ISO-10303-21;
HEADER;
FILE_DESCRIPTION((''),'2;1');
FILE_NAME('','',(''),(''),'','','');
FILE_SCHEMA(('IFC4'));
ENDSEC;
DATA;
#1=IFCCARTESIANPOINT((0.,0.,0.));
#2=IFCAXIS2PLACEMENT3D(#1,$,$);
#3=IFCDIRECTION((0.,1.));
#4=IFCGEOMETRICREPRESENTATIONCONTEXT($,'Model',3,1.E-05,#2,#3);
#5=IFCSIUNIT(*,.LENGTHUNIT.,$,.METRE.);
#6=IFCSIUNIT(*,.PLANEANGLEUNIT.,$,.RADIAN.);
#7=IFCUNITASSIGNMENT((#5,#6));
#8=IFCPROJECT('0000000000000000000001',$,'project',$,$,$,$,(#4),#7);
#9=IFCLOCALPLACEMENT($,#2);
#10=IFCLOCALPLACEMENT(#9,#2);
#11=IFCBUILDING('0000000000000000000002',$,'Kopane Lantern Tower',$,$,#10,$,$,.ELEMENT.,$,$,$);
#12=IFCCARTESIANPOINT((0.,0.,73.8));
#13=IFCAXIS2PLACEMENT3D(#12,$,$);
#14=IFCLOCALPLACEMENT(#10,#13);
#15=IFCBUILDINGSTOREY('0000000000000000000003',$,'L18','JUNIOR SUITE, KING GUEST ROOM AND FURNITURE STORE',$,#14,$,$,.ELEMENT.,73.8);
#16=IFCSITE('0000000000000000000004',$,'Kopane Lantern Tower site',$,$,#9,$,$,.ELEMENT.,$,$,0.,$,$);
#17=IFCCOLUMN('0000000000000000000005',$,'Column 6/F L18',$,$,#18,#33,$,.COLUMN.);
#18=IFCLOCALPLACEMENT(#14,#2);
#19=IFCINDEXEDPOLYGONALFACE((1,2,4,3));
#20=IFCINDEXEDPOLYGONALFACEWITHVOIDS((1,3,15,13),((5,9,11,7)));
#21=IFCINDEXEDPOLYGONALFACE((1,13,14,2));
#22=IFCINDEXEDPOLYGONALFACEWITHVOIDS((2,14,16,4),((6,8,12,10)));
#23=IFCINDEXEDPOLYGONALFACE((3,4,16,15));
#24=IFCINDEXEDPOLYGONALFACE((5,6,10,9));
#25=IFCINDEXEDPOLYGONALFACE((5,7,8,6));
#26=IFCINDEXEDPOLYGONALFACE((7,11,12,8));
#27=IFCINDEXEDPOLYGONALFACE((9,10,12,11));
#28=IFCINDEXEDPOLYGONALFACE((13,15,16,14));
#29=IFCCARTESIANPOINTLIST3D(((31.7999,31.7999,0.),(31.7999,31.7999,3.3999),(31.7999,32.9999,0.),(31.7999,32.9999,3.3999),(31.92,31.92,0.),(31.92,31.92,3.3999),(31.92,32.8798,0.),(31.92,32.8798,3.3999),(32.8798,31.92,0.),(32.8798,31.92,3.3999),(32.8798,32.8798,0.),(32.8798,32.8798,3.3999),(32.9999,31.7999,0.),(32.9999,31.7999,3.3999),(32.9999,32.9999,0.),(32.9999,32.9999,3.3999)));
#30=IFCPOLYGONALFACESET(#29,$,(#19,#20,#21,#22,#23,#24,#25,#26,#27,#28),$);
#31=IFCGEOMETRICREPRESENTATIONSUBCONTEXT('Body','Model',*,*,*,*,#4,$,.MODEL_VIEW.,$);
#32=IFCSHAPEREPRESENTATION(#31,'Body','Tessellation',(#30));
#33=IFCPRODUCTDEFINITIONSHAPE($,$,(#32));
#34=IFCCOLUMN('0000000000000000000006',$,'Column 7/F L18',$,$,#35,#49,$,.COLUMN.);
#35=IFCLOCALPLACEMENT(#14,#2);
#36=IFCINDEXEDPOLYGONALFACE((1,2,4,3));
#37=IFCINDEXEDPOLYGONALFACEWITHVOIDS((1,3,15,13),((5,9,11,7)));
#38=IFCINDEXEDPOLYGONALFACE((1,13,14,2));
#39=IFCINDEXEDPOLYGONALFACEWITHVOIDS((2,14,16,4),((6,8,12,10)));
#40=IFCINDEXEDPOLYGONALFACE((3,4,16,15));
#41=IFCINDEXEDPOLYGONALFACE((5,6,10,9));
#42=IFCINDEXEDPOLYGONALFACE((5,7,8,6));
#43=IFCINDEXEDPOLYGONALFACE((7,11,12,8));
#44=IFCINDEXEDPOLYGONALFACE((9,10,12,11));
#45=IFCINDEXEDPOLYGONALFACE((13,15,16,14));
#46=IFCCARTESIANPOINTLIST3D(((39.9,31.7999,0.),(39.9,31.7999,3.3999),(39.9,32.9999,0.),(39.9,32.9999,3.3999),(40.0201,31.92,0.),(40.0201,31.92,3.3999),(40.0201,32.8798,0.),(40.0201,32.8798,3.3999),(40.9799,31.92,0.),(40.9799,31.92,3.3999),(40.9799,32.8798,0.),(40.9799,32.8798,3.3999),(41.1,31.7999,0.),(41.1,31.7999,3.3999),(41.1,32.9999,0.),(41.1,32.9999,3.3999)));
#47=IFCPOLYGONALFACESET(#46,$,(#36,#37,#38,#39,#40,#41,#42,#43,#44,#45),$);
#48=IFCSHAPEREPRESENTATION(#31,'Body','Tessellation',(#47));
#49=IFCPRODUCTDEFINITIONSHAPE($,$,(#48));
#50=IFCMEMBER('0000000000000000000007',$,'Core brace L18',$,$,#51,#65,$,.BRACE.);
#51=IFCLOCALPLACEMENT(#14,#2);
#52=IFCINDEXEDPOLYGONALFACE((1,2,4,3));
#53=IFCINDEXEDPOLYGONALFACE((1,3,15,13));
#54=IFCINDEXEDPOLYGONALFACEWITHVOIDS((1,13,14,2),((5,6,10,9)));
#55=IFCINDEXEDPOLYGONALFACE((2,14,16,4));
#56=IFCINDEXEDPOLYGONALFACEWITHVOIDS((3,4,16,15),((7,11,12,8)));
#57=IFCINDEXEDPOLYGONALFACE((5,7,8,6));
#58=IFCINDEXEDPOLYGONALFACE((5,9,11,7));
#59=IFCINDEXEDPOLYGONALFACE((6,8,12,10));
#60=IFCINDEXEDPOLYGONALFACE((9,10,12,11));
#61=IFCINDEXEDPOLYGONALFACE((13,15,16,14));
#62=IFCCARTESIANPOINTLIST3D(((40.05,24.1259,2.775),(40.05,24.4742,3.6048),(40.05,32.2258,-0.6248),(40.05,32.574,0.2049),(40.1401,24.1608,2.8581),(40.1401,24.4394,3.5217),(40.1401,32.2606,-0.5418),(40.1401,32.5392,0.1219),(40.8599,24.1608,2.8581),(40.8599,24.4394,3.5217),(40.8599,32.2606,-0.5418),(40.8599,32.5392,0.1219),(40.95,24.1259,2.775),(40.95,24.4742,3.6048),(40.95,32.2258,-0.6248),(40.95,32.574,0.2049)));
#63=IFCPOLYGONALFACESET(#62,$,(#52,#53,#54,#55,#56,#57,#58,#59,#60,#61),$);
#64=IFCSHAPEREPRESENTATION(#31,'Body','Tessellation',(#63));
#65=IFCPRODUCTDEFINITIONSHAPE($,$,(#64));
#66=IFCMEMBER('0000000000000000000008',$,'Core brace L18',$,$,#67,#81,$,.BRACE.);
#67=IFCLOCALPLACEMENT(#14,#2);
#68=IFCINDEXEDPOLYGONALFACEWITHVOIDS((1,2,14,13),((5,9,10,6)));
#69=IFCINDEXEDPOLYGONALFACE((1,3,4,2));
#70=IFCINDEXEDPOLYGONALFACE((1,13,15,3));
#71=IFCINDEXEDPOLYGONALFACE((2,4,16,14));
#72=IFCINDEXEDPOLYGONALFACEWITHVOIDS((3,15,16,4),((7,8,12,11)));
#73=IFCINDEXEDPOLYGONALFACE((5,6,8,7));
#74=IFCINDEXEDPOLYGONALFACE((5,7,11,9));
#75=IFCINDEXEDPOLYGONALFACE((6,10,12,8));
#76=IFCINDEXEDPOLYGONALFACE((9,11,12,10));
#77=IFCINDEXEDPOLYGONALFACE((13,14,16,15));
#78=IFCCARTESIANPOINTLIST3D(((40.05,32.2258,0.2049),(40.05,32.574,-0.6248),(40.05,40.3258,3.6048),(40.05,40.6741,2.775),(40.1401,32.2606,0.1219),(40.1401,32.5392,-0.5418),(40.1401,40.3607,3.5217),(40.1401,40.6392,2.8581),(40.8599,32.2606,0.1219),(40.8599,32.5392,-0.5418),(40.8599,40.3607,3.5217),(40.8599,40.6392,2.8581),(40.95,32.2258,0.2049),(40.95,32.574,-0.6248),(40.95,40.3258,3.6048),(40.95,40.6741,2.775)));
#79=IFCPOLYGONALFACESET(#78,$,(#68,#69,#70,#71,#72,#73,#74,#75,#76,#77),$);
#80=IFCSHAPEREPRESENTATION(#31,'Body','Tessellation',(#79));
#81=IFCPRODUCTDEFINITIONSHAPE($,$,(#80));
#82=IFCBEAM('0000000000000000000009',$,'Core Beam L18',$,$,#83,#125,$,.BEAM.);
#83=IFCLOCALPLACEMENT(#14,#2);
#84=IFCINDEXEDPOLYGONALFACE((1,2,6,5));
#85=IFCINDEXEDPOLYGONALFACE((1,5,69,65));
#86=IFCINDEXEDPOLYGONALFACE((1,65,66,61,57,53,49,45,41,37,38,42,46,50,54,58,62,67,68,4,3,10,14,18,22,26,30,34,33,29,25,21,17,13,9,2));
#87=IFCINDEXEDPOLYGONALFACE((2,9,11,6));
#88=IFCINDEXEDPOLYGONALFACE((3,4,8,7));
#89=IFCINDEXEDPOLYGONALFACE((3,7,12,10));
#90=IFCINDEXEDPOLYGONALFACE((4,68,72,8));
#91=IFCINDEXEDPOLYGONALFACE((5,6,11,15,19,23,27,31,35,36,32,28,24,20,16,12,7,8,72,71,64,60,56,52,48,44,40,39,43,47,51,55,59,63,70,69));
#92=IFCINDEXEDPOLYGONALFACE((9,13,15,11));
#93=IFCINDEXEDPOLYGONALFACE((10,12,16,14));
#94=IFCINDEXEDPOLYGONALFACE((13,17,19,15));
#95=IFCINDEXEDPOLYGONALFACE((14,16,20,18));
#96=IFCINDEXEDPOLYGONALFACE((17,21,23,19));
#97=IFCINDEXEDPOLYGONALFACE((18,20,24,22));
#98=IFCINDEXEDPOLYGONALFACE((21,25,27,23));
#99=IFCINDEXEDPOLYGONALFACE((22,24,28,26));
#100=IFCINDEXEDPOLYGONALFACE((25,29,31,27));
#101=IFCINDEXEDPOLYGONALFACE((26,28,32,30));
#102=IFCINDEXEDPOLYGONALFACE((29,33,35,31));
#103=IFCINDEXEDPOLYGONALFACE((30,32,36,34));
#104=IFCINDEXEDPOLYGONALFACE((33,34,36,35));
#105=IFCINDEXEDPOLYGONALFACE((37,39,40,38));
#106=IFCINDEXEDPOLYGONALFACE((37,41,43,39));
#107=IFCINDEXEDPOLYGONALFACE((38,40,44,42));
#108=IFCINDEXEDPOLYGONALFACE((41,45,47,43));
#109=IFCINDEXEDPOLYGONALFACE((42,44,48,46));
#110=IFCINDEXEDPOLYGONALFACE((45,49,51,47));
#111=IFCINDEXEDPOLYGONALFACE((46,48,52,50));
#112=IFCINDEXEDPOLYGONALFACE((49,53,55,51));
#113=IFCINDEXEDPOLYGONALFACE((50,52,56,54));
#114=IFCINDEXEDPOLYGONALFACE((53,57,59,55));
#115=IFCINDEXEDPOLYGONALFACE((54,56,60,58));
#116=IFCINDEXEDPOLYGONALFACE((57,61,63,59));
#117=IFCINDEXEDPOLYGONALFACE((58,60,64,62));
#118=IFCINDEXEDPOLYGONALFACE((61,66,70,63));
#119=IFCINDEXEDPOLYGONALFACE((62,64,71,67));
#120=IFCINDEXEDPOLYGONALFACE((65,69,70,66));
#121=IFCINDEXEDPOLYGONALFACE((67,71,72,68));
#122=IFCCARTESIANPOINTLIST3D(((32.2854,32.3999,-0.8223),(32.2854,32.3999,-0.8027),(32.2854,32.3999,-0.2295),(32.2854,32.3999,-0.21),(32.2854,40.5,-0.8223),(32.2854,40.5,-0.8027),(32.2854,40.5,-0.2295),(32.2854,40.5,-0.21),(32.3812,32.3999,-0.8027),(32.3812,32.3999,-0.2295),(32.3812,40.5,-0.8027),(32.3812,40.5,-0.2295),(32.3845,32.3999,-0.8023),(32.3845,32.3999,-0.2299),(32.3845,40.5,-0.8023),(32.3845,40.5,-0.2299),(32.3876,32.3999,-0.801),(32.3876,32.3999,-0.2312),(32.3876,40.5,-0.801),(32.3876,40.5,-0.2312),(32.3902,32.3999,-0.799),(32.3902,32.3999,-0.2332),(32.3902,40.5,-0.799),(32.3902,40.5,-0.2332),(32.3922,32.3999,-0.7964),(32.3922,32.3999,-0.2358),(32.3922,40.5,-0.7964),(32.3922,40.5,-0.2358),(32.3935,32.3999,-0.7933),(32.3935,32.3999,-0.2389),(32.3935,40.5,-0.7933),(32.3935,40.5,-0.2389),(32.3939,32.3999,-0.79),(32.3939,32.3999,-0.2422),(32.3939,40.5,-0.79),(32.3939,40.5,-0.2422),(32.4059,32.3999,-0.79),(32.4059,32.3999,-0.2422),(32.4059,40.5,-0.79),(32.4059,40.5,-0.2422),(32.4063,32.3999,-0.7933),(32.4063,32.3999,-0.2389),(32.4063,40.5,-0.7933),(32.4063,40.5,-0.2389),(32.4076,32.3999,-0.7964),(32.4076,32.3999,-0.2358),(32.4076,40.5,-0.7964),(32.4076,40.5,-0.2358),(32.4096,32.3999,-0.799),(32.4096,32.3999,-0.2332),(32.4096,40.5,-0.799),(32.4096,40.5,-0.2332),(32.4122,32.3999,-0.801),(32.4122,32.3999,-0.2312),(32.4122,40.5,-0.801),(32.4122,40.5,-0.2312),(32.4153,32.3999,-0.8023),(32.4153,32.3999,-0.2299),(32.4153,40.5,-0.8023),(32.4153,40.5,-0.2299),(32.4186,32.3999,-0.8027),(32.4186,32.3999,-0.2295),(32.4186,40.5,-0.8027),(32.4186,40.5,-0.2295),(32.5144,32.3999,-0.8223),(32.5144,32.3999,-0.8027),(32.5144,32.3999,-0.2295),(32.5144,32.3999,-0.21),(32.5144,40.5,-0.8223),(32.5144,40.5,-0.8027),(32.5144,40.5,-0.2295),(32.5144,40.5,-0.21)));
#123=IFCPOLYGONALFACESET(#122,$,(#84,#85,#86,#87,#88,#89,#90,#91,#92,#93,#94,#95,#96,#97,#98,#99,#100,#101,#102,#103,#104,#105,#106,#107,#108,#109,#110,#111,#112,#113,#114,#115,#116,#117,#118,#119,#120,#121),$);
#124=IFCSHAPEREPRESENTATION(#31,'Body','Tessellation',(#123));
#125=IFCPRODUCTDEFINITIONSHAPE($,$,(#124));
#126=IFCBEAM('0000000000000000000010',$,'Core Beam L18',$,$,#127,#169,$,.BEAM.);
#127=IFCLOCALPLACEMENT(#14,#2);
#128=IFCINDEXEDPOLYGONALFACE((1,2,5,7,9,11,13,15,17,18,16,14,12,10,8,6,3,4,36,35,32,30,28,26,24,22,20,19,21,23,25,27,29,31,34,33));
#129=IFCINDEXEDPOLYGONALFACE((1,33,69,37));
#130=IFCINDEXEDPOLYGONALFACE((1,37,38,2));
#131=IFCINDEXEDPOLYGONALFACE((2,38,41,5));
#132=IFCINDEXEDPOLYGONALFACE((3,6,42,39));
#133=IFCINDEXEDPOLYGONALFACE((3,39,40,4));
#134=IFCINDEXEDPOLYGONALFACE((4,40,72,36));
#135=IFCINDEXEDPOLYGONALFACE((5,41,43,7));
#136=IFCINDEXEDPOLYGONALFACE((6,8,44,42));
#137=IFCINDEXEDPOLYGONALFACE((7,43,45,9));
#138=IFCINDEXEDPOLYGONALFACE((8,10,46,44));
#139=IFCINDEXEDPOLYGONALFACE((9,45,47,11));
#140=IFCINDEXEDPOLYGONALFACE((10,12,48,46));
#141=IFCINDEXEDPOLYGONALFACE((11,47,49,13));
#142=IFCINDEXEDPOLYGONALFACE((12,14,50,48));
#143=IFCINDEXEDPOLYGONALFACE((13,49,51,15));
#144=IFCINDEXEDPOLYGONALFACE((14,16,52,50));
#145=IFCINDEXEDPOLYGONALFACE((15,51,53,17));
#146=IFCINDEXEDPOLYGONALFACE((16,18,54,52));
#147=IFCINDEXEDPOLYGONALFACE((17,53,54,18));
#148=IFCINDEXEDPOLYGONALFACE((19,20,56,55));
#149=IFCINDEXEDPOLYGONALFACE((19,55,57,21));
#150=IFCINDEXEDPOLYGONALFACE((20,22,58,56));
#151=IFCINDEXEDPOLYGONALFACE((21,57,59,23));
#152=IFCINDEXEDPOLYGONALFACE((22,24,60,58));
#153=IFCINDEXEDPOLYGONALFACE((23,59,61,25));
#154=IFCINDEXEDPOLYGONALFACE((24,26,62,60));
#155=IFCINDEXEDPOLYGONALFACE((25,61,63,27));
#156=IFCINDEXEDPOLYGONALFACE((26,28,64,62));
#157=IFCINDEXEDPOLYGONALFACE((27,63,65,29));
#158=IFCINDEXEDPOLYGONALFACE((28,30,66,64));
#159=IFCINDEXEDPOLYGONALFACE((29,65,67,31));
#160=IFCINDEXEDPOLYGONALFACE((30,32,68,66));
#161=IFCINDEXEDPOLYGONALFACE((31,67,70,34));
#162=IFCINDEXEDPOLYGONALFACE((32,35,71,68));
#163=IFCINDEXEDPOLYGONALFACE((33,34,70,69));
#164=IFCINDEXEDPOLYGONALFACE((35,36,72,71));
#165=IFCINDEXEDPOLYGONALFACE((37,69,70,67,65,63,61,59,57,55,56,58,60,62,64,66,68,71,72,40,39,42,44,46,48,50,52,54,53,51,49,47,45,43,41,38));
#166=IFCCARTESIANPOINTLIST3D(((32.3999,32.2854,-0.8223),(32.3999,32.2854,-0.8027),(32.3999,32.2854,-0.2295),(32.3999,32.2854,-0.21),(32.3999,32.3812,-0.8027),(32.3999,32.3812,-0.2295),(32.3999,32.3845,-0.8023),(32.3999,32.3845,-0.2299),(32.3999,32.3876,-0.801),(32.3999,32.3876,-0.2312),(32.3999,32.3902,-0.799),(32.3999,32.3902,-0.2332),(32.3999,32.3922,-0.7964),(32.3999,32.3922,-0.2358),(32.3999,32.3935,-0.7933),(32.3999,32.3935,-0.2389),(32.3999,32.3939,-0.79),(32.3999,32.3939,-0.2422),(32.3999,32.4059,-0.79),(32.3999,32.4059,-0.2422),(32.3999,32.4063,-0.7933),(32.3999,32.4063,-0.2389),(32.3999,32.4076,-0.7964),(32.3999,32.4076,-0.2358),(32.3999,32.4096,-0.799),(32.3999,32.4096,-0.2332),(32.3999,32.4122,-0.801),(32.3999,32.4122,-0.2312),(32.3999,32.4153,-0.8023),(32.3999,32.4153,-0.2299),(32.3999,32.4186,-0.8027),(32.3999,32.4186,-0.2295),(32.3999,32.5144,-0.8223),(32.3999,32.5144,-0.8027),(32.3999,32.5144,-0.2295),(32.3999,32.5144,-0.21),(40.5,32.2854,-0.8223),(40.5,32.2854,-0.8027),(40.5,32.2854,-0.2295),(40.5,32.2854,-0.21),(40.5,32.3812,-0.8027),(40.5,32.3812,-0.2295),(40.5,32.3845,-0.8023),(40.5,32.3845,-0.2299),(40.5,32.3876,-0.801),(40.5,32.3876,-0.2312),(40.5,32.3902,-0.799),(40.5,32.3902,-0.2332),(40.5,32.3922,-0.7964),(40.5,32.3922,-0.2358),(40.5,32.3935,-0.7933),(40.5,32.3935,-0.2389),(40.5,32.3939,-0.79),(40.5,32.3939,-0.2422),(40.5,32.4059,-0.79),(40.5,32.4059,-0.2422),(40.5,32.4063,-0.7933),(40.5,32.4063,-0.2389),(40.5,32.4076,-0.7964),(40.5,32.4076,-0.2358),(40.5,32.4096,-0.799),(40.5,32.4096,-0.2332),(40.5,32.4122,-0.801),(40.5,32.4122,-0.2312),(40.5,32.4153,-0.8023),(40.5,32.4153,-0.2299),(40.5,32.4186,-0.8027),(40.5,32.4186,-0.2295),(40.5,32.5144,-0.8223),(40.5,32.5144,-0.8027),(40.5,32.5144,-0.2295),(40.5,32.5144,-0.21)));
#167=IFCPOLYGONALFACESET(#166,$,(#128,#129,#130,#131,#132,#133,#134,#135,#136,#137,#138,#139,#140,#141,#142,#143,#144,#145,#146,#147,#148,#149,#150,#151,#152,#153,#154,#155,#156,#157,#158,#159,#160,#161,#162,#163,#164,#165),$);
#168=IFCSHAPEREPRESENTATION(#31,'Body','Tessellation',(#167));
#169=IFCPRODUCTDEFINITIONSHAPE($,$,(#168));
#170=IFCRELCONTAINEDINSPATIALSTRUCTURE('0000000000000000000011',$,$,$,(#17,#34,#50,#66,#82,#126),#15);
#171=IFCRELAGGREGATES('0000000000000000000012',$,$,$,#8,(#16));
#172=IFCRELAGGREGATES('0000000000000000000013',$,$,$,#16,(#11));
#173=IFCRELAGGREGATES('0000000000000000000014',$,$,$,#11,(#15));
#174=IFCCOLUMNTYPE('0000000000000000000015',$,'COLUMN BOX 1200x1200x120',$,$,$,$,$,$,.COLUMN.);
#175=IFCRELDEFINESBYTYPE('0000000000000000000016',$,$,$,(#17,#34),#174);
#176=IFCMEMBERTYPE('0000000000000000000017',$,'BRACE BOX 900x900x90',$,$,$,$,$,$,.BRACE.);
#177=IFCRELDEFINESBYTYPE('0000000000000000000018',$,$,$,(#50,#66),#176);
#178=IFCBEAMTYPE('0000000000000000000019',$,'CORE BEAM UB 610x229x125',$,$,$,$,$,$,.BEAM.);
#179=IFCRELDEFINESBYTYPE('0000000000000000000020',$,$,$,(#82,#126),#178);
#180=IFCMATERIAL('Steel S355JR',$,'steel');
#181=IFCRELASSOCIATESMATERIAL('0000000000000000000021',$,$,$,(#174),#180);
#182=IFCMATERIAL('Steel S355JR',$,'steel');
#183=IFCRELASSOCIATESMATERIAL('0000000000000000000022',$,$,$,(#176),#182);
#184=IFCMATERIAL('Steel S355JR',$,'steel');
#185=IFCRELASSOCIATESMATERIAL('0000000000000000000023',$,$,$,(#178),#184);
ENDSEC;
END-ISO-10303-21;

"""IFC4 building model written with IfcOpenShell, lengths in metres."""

from ifc_helpers import new_model, si_unit, direction, frame, origin, origin_2d, place, context, subcontext, project, spatial, hollow_rectangle, i_section, extrude, material, material_profile, profile_set, type_object, element, save


model = new_model("IFC4")

# Units and contexts
model_context = context("Model", 3, precision=1e-05, world=origin(), true_north=direction((0.0, 1.0)))
body_context = subcontext(model_context, "Body", "Model", "MODEL_VIEW")
ifc_project = project(units=[si_unit("LENGTHUNIT", "METRE"), si_unit("PLANEANGLEUNIT", "RADIAN")], contexts=[model_context])

# Site, building, storey
site_placement = place(None, origin())
site = spatial("IfcSite", under=ifc_project, at=site_placement, Name="Kopane Lantern Tower site", CompositionType="ELEMENT", RefElevation=0.0)
building_placement = place(site_placement, origin())
building = spatial("IfcBuilding", under=site, at=building_placement, Name="Kopane Lantern Tower", CompositionType="ELEMENT")
storey_placement = place(building_placement, frame((0.0, 0.0, 73.8)))
storey = spatial("IfcBuildingStorey", under=building, at=storey_placement, Name="L18", Description="JUNIOR SUITE, KING GUEST ROOM AND FURNITURE STORE", CompositionType="ELEMENT", Elevation=73.8)

# Columns
ifc_material_1 = material(Name="Steel S355JR", Category="steel")
ifc_material_profile_1 = material_profile(ifc_material_1, hollow_rectangle(XDim=1.2, YDim=1.2, WallThickness=0.1201, at=origin_2d()), Name="BOX 1200x1200x120")
ifc_profile_set_1 = profile_set([ifc_material_profile_1], Name="Steel S355JR")
column_type = type_object("IfcColumnType", Name="COLUMN BOX 1200x1200x120", PredefinedType="COLUMN", material=ifc_profile_set_1)
for number, where, z_axis, x_axis, name in (
    (1, (32.3999, 32.3999, 0.0), (0.0, 0.0, 1.0), (1.0, 0.0, 0.0), "Column 6/F L18"),
    (2, (40.5, 32.3999, 0.0), (0.0, 0.0, 1.0), (1.0, 0.0, 0.0), "Column 7/F L18"),
):
    element("IfcColumn", number, at=place(storey_placement, frame(where, z_axis=z_axis, x_axis=x_axis)), inside=storey, type_object=column_type, Name=name, PredefinedType="COLUMN", context=body_context, shape_type="SweptSolid", body=[
        extrude(hollow_rectangle(XDim=1.2, YDim=1.2, WallThickness=0.1201, at=origin_2d()), origin(), (0.0, 0.0, 1.0), 3.3999),
    ])

# Members
ifc_material_2 = material(Name="Steel S355JR", Category="steel")
ifc_material_profile_2 = material_profile(ifc_material_2, hollow_rectangle(XDim=0.8999, YDim=0.8999, WallThickness=0.0901, at=origin_2d()), Name="BOX 900x900x90")
ifc_profile_set_2 = profile_set([ifc_material_profile_2], Name="Steel S355JR")
member_type = type_object("IfcMemberType", Name="BRACE BOX 900x900x90", PredefinedType="BRACE", material=ifc_profile_set_2)
member_1_placement = place(storey_placement, frame((40.5, 32.3999, -0.21), z_axis=(0.0, -0.922065, 0.387035), x_axis=(1.0, 0.0, 0.0)))
element("IfcMember", 3, at=member_1_placement, inside=storey, type_object=member_type, Name="Core brace L18", PredefinedType="BRACE", context=body_context, shape_type="SweptSolid", body=[
    extrude(hollow_rectangle(XDim=0.8999, YDim=0.8999, WallThickness=0.0901, at=origin_2d()), origin(), (0.0, 0.0, 1.0), 8.7844),
])
member_2_placement = place(storey_placement, frame((40.5, 32.3999, -0.21), z_axis=(0.0, 0.922069, 0.387026), x_axis=(-1.0, 0.0, 0.0)))
element("IfcMember", 4, at=member_2_placement, inside=storey, type_object=member_type, Name="Core brace L18", PredefinedType="BRACE", context=body_context, shape_type="SweptSolid", body=[
    extrude(hollow_rectangle(XDim=0.8999, YDim=0.8999, WallThickness=0.0901, at=origin_2d()), origin(), (0.0, 0.0, 1.0), 8.7847),
])

# Beams
ifc_material_3 = material(Name="Steel S355JR", Category="steel")
ifc_material_profile_3 = material_profile(ifc_material_3, i_section(OverallWidth=0.229, OverallDepth=0.6123, WebThickness=0.012, FlangeThickness=0.0195, FilletRadius=0.0127, at=origin_2d()), Name="UB 610x229x125")
ifc_profile_set_3 = profile_set([ifc_material_profile_3], Name="Steel S355JR")
beam_type_1 = type_object("IfcBeamType", Name="CORE BEAM UB 610x229x125", PredefinedType="BEAM", material=ifc_profile_set_3)
for number, where, z_axis, x_axis, name in (
    (5, (32.3999, 32.3999, -0.5161), (0.0, 1.0, 0.0), (-1.0, 0.0, 0.0), "Core Beam L18"),
    (6, (32.3999, 32.3999, -0.5161), (1.0, 0.0, 0.0), (0.0, 1.0, 0.0), "Core Beam L18"),
):
    element("IfcBeam", number, at=place(storey_placement, frame(where, z_axis=z_axis, x_axis=x_axis)), inside=storey, type_object=beam_type_1, Name=name, PredefinedType="BEAM", context=body_context, shape_type="SweptSolid", body=[
        extrude(i_section(OverallWidth=0.229, OverallDepth=0.6123, WebThickness=0.012, FlangeThickness=0.0195, FilletRadius=0.0127, at=origin_2d()), origin(), (0.0, 0.0, 1.0), 8.1001),
    ])

save(model, "model.ifc")
